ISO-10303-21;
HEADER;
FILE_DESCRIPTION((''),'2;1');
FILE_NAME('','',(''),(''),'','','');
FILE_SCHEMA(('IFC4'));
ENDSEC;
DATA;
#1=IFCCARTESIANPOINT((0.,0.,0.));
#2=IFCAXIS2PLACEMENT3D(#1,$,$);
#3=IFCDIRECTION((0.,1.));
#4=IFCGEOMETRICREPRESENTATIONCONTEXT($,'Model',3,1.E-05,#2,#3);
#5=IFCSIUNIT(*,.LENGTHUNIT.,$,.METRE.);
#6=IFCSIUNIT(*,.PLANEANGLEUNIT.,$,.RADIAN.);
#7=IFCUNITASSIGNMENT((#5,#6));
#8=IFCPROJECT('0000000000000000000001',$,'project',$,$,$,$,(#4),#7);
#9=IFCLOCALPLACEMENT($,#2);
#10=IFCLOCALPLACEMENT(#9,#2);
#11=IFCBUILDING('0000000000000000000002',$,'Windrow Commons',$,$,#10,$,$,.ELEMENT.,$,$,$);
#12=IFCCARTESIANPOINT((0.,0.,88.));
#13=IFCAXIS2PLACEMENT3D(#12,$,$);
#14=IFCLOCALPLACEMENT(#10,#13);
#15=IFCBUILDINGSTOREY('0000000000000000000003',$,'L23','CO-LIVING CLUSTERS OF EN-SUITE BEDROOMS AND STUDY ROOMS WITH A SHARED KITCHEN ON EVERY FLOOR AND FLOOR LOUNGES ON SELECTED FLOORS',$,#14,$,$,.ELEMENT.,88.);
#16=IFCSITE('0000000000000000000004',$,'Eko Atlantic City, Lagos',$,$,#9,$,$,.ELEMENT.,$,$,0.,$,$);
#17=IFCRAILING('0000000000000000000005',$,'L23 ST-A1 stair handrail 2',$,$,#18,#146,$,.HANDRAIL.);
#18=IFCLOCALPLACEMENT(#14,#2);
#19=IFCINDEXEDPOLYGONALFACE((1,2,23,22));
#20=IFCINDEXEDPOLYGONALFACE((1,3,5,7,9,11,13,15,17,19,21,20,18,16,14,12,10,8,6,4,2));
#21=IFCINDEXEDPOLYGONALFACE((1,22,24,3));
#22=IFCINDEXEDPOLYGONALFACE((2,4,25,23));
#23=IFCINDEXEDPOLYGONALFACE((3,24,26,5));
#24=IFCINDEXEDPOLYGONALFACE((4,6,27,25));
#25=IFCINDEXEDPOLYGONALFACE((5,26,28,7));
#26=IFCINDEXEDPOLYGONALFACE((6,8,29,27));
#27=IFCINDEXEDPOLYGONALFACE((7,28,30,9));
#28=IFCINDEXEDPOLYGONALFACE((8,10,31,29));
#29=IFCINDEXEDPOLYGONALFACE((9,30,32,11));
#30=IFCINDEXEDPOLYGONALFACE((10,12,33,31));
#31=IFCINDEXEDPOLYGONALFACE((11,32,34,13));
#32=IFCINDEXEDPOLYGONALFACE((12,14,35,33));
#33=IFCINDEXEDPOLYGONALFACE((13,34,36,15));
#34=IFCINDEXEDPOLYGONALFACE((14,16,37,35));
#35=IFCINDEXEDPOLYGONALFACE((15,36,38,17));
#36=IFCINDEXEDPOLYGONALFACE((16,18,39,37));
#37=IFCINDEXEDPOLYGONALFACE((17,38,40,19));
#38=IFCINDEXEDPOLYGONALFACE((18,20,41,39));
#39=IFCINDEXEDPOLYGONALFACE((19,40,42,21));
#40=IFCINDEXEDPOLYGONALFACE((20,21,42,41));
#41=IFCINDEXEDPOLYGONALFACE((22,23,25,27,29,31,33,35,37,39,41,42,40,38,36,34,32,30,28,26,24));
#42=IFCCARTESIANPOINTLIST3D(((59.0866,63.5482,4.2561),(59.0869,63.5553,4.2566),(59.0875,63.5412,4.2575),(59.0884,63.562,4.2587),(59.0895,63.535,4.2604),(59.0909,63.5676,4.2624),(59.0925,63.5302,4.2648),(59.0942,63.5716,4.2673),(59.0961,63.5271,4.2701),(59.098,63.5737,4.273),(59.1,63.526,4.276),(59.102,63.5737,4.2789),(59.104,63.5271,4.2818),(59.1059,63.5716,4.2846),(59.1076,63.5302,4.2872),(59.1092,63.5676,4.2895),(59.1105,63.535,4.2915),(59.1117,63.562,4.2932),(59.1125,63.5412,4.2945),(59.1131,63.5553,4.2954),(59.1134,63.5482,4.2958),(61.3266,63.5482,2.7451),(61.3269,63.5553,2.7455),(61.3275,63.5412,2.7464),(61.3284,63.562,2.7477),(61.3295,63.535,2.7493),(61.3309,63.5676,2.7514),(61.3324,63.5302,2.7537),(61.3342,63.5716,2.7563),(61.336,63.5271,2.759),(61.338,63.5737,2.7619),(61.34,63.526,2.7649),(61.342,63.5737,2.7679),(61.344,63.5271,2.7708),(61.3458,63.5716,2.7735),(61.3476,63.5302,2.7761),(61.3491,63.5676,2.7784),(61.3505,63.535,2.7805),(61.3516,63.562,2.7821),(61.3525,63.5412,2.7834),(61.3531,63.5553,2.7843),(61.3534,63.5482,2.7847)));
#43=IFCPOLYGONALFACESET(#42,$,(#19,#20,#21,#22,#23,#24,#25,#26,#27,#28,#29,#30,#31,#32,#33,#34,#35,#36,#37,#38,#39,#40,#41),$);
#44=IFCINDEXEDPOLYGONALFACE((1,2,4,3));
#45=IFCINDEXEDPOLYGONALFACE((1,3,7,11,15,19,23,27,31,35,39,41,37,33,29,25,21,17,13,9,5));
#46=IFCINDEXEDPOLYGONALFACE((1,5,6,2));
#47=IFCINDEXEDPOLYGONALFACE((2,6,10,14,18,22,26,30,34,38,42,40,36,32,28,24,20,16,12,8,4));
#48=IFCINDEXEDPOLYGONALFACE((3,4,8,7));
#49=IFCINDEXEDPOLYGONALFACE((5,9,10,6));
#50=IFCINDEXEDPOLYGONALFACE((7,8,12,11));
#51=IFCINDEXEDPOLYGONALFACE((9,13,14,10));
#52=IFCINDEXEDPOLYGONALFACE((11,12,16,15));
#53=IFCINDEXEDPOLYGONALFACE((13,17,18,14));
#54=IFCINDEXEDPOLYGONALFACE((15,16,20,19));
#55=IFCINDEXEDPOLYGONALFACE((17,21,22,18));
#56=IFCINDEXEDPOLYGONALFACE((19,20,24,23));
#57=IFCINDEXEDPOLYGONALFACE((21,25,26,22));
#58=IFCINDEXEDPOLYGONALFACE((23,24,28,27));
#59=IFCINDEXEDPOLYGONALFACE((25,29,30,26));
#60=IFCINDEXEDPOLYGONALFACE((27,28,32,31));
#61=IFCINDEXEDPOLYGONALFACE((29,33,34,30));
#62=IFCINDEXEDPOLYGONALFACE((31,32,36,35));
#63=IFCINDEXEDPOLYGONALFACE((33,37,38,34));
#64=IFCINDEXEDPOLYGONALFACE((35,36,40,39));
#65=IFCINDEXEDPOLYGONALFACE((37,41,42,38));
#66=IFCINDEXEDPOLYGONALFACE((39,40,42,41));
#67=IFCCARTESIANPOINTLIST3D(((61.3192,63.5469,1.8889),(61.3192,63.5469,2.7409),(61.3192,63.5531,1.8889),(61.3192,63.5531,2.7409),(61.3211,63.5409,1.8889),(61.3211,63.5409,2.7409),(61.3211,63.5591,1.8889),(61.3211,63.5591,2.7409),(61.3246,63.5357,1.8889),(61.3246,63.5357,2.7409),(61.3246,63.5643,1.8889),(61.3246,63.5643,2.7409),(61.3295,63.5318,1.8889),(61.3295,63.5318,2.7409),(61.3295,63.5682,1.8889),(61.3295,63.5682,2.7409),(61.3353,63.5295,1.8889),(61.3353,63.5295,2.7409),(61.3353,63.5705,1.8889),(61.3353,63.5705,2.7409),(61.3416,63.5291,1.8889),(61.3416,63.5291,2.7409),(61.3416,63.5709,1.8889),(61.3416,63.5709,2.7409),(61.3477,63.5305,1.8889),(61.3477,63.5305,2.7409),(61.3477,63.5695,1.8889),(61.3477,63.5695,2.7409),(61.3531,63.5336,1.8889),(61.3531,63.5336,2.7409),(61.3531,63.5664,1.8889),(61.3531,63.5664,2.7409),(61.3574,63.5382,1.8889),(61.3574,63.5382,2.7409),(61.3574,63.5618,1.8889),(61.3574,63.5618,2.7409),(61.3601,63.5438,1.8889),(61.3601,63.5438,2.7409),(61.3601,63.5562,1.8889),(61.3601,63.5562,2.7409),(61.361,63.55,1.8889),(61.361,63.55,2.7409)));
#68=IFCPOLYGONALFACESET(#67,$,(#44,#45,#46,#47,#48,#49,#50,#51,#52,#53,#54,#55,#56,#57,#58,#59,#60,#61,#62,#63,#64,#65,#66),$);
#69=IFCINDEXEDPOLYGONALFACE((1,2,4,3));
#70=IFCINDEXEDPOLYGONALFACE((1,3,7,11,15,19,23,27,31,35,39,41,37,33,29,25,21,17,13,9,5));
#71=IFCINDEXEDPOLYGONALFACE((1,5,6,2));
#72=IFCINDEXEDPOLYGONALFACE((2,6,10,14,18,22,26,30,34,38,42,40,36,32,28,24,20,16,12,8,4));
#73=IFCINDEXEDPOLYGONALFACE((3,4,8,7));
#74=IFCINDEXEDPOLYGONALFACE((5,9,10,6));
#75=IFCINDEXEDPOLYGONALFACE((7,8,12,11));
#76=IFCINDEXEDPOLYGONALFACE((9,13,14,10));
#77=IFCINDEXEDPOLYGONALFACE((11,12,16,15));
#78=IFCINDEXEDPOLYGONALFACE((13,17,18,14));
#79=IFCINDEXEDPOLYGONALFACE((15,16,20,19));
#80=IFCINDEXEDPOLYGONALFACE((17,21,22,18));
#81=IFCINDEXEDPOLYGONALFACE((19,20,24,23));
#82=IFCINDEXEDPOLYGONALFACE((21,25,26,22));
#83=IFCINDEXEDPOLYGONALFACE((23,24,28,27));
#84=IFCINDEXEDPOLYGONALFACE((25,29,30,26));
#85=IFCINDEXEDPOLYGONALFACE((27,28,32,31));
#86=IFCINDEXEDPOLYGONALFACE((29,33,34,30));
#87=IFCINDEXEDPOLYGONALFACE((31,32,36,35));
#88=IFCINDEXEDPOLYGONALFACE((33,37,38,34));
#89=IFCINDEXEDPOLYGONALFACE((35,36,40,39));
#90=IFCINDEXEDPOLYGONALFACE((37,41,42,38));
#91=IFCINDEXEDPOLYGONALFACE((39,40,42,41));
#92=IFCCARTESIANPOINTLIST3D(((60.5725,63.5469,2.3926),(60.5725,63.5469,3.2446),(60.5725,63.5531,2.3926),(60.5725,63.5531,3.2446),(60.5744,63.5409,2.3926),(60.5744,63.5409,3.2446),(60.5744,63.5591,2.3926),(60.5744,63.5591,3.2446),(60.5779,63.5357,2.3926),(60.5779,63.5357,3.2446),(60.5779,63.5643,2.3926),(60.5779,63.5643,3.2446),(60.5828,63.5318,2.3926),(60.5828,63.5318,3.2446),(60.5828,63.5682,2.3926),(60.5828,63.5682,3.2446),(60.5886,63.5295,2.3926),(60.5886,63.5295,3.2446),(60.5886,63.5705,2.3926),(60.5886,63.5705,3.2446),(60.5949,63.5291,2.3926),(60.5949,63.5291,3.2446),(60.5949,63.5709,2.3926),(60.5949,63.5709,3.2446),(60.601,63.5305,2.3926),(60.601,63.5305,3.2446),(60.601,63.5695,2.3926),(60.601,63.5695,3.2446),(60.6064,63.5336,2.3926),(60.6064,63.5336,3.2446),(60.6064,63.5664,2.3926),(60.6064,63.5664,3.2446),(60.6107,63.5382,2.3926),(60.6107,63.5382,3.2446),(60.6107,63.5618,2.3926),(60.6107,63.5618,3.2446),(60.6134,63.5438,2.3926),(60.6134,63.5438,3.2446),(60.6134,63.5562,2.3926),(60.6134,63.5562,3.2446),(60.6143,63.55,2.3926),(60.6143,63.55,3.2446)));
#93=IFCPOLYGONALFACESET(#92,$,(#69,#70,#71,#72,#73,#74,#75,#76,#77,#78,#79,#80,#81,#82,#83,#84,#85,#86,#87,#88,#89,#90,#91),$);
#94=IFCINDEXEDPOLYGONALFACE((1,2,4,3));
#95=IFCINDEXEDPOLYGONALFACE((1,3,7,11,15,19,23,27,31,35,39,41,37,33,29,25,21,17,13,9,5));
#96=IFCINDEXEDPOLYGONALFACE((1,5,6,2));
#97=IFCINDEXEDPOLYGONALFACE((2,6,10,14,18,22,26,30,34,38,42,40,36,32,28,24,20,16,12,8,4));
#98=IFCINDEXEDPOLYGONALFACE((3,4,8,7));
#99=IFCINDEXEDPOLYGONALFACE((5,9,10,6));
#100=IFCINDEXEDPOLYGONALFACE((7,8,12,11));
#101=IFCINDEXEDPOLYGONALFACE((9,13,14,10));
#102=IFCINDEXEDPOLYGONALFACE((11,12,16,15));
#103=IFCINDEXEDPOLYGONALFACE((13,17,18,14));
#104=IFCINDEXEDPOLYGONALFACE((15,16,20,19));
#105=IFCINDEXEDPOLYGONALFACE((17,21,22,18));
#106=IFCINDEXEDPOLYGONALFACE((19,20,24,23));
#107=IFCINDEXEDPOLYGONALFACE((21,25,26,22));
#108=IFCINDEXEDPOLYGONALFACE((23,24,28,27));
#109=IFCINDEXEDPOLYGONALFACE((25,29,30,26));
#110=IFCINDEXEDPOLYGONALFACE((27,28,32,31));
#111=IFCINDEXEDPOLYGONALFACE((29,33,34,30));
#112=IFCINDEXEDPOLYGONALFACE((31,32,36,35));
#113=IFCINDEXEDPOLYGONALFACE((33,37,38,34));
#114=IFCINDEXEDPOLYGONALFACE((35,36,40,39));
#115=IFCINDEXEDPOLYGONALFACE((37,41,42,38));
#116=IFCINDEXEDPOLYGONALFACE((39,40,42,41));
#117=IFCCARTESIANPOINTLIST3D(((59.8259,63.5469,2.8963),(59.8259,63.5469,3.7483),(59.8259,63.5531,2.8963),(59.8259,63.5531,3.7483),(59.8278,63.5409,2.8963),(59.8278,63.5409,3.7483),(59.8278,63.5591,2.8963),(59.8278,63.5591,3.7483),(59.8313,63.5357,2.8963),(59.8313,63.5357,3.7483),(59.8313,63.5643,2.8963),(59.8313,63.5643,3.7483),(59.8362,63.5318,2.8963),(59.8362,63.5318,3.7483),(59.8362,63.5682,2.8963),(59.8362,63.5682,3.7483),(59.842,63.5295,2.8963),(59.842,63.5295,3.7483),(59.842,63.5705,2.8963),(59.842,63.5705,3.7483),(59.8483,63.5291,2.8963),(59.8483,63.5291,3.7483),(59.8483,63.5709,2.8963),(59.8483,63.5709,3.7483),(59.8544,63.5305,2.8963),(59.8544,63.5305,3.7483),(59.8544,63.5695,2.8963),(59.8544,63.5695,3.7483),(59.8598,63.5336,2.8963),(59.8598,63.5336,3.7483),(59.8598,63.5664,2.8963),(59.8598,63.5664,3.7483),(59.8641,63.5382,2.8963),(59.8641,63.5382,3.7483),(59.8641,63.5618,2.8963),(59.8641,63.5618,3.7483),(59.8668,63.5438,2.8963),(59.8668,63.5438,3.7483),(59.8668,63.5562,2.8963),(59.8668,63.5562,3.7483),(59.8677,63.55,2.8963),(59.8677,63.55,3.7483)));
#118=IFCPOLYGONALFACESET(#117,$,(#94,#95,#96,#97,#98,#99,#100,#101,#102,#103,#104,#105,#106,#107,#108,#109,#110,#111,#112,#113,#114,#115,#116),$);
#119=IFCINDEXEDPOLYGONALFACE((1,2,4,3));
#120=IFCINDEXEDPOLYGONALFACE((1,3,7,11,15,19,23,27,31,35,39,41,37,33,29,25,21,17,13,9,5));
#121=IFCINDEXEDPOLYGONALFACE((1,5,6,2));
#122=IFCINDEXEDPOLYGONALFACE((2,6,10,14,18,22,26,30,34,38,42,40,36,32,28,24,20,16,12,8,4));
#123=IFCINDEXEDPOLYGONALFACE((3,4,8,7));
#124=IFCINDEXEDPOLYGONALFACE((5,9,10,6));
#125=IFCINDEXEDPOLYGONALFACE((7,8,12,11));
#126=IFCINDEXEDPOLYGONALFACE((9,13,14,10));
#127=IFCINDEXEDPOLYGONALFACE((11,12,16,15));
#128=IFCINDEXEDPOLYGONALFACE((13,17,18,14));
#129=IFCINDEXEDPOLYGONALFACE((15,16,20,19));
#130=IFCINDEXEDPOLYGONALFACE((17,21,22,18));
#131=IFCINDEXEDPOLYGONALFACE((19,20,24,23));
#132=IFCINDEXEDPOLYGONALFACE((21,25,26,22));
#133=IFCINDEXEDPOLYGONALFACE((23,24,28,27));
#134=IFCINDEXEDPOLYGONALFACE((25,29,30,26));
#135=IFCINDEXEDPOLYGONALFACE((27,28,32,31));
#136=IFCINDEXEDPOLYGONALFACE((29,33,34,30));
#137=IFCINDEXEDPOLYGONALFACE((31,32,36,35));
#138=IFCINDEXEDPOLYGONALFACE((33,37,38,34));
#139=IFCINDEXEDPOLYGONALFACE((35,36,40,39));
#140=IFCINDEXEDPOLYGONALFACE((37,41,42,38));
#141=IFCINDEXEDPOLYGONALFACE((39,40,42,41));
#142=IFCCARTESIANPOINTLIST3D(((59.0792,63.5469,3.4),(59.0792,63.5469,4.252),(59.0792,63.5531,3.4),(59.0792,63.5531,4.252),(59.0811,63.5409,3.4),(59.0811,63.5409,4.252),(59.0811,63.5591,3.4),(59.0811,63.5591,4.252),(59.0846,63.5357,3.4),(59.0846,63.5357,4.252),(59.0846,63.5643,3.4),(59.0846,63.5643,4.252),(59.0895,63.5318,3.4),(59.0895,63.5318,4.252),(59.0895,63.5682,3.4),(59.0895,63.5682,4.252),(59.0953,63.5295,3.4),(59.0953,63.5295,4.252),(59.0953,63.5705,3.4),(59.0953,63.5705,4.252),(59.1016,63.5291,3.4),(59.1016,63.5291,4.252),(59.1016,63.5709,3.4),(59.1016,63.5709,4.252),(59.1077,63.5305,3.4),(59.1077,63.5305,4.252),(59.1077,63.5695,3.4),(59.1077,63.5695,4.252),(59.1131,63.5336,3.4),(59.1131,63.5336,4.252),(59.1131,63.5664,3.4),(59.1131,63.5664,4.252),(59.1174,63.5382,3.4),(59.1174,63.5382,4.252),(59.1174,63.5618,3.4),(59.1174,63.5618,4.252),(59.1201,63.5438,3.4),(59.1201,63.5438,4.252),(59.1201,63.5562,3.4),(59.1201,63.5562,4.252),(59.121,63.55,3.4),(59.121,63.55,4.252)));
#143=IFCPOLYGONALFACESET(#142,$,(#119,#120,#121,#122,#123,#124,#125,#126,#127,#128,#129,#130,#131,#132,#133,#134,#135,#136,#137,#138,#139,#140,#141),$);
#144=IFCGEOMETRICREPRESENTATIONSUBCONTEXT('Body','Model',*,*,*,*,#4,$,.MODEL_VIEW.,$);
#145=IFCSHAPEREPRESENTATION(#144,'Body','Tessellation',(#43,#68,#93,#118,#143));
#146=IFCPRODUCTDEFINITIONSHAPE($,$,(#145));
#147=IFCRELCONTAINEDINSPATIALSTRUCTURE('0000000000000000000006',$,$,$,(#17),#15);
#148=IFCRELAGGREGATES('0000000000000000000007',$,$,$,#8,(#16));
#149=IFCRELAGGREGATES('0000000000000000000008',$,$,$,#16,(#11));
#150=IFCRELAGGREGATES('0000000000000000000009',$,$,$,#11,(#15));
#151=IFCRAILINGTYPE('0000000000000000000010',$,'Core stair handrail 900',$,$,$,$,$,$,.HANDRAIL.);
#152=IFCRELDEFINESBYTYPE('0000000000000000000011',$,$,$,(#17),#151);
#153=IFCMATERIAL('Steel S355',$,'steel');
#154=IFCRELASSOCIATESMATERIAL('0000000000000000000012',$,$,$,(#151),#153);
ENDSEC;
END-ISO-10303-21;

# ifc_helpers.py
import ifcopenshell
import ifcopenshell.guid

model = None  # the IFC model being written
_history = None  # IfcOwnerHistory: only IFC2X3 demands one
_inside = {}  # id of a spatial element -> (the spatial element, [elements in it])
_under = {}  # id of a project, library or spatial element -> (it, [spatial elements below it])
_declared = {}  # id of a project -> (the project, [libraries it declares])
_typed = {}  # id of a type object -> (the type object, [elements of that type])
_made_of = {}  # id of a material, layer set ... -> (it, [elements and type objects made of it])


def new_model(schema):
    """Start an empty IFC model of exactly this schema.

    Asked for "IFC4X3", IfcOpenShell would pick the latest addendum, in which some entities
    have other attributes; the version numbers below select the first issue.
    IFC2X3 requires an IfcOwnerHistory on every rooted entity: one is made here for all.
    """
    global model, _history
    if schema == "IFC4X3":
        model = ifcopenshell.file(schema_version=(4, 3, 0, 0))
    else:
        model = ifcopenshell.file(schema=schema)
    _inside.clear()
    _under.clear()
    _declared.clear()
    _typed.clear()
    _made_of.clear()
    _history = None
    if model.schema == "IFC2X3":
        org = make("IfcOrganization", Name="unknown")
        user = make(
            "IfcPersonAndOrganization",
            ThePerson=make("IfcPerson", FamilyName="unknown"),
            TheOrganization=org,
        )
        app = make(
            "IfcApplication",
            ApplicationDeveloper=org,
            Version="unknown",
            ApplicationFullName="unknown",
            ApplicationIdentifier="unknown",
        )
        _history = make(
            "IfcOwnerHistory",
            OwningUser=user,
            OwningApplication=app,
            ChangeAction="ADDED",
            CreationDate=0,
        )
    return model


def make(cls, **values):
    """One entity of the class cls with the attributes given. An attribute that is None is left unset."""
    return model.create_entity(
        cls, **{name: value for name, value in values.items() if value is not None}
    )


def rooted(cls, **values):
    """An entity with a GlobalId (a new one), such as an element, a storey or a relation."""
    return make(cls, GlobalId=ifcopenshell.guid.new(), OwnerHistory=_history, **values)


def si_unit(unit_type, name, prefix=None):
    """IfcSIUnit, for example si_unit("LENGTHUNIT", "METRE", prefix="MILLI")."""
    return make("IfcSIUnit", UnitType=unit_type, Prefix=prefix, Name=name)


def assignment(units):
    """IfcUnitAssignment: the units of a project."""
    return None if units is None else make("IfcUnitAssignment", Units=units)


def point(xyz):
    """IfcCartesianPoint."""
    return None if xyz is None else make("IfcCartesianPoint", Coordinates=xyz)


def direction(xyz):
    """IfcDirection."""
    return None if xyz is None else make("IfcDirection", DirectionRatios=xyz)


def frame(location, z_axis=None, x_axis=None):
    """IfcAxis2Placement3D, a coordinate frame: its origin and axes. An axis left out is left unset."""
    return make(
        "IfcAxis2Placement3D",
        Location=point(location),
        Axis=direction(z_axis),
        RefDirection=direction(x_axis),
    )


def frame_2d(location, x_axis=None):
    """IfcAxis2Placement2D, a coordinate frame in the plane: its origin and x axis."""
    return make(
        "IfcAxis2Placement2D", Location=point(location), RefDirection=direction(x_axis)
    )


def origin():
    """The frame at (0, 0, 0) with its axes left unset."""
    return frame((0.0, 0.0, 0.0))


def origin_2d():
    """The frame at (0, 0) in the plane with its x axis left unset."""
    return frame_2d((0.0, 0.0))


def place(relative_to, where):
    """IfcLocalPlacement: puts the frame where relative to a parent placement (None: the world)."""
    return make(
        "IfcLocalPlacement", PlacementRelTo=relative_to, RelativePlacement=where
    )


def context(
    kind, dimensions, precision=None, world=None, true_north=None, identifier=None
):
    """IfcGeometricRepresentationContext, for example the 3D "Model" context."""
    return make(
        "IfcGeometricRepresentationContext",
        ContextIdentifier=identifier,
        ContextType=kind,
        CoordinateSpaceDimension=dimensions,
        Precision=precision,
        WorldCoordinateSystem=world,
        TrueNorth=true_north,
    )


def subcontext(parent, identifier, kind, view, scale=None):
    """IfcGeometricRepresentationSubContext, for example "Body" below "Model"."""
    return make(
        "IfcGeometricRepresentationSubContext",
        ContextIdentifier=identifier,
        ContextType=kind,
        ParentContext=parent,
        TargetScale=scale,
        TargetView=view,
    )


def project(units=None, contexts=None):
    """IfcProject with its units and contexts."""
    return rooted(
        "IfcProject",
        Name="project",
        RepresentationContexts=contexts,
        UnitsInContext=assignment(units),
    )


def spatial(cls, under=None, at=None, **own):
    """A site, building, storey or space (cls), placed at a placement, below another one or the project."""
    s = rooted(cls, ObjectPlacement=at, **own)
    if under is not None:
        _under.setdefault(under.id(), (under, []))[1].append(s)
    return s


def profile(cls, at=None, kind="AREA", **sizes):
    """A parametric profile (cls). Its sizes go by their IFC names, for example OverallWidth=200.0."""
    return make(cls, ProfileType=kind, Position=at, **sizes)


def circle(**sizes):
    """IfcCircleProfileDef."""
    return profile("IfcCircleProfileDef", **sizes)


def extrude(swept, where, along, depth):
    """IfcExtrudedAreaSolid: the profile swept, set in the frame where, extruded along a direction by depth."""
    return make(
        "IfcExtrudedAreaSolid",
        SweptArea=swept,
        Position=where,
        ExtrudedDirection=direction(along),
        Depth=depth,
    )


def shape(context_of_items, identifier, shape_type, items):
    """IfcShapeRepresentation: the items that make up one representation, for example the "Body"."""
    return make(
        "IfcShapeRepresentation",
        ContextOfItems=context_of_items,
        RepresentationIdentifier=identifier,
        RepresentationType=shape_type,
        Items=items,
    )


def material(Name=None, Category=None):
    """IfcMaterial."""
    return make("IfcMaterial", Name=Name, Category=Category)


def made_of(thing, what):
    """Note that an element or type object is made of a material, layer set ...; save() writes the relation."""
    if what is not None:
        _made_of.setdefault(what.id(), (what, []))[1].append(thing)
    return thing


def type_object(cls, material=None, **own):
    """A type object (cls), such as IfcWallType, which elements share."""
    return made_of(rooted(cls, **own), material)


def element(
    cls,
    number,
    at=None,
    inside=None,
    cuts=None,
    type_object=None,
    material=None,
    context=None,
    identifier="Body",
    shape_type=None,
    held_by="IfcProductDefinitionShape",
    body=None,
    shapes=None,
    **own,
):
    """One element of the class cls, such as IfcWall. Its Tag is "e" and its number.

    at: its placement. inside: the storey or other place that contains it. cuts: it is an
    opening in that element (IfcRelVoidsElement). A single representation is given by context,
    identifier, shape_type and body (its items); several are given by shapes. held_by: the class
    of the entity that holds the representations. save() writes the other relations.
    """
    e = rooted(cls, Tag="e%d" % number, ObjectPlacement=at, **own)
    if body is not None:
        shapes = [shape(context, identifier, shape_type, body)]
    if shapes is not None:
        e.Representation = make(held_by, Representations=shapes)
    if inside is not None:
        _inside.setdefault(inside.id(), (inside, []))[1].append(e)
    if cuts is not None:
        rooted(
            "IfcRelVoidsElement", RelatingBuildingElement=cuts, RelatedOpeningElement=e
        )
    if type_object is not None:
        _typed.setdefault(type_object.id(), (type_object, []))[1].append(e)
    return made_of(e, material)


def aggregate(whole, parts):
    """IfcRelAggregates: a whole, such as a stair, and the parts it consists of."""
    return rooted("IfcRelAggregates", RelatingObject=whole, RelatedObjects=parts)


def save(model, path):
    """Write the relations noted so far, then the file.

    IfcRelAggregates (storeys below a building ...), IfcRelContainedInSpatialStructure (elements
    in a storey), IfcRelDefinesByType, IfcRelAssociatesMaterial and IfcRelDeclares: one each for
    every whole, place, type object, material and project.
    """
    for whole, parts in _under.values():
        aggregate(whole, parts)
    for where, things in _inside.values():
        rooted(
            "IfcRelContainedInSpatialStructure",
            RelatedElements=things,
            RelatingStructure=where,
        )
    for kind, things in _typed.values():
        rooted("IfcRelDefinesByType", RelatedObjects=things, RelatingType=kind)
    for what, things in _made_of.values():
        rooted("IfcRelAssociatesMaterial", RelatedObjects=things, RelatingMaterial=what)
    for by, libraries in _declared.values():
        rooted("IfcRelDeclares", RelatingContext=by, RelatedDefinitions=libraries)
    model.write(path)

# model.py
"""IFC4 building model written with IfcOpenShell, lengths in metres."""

from ifc_helpers import new_model, si_unit, direction, frame, origin, origin_2d, place, context, subcontext, project, spatial, circle, extrude, material, type_object, element, save


model = new_model("IFC4")

# Units and contexts
model_context = context("Model", 3, precision=1e-05, world=origin(), true_north=direction((0.0, 1.0)))
body_context = subcontext(model_context, "Body", "Model", "MODEL_VIEW")
ifc_project = project(units=[si_unit("LENGTHUNIT", "METRE"), si_unit("PLANEANGLEUNIT", "RADIAN")], contexts=[model_context])

# Site, building, storey
site_placement = place(None, origin())
site = spatial("IfcSite", under=ifc_project, at=site_placement, Name="Eko Atlantic City, Lagos", CompositionType="ELEMENT", RefElevation=0.0)
building_placement = place(site_placement, origin())
building = spatial("IfcBuilding", under=site, at=building_placement, Name="Windrow Commons", CompositionType="ELEMENT")
storey_placement = place(building_placement, frame((0.0, 0.0, 88.0)))
storey = spatial("IfcBuildingStorey", under=building, at=storey_placement, Name="L23", Description="CO-LIVING CLUSTERS OF EN-SUITE BEDROOMS AND STUDY ROOMS WITH A SHARED KITCHEN ON EVERY FLOOR AND FLOOR LOUNGES ON SELECTED FLOORS", CompositionType="ELEMENT", Elevation=88.0)

# Railing
ifc_material_1 = material(Name="Steel S355", Category="steel")
railing_type_1 = type_object("IfcRailingType", Name="Core stair handrail 900", PredefinedType="HANDRAIL", material=ifc_material_1)
for number, where, name in (
    (1, (61.34, 63.55, 1.8889), "L23 ST-A1 stair handrail 2"),
):
    element("IfcRailing", number, at=place(storey_placement, frame(where)), inside=storey, type_object=railing_type_1, Name=name, PredefinedType="HANDRAIL", context=body_context, shape_type="SweptSolid", body=[
        extrude(circle(Radius=0.024, at=origin_2d()), frame((0.0, 0.0, 0.876), z_axis=(-0.829003, 0.0, 0.559244), x_axis=(0.0, -1.0, 0.0)), (0.0, 0.0, 1.0), 2.702),
        extrude(circle(Radius=0.021, at=origin_2d()), origin(), (0.0, 0.0, 1.0), 0.852),
        extrude(circle(Radius=0.021, at=origin_2d()), frame((-0.7467, 0.0, 0.5037)), (0.0, 0.0, 1.0), 0.852),
        extrude(circle(Radius=0.021, at=origin_2d()), frame((-1.4933, 0.0, 1.0074)), (0.0, 0.0, 1.0), 0.852),
        extrude(circle(Radius=0.021, at=origin_2d()), frame((-2.24, 0.0, 1.5111)), (0.0, 0.0, 1.0), 0.852),
    ])

save(model, "model.ifc")
